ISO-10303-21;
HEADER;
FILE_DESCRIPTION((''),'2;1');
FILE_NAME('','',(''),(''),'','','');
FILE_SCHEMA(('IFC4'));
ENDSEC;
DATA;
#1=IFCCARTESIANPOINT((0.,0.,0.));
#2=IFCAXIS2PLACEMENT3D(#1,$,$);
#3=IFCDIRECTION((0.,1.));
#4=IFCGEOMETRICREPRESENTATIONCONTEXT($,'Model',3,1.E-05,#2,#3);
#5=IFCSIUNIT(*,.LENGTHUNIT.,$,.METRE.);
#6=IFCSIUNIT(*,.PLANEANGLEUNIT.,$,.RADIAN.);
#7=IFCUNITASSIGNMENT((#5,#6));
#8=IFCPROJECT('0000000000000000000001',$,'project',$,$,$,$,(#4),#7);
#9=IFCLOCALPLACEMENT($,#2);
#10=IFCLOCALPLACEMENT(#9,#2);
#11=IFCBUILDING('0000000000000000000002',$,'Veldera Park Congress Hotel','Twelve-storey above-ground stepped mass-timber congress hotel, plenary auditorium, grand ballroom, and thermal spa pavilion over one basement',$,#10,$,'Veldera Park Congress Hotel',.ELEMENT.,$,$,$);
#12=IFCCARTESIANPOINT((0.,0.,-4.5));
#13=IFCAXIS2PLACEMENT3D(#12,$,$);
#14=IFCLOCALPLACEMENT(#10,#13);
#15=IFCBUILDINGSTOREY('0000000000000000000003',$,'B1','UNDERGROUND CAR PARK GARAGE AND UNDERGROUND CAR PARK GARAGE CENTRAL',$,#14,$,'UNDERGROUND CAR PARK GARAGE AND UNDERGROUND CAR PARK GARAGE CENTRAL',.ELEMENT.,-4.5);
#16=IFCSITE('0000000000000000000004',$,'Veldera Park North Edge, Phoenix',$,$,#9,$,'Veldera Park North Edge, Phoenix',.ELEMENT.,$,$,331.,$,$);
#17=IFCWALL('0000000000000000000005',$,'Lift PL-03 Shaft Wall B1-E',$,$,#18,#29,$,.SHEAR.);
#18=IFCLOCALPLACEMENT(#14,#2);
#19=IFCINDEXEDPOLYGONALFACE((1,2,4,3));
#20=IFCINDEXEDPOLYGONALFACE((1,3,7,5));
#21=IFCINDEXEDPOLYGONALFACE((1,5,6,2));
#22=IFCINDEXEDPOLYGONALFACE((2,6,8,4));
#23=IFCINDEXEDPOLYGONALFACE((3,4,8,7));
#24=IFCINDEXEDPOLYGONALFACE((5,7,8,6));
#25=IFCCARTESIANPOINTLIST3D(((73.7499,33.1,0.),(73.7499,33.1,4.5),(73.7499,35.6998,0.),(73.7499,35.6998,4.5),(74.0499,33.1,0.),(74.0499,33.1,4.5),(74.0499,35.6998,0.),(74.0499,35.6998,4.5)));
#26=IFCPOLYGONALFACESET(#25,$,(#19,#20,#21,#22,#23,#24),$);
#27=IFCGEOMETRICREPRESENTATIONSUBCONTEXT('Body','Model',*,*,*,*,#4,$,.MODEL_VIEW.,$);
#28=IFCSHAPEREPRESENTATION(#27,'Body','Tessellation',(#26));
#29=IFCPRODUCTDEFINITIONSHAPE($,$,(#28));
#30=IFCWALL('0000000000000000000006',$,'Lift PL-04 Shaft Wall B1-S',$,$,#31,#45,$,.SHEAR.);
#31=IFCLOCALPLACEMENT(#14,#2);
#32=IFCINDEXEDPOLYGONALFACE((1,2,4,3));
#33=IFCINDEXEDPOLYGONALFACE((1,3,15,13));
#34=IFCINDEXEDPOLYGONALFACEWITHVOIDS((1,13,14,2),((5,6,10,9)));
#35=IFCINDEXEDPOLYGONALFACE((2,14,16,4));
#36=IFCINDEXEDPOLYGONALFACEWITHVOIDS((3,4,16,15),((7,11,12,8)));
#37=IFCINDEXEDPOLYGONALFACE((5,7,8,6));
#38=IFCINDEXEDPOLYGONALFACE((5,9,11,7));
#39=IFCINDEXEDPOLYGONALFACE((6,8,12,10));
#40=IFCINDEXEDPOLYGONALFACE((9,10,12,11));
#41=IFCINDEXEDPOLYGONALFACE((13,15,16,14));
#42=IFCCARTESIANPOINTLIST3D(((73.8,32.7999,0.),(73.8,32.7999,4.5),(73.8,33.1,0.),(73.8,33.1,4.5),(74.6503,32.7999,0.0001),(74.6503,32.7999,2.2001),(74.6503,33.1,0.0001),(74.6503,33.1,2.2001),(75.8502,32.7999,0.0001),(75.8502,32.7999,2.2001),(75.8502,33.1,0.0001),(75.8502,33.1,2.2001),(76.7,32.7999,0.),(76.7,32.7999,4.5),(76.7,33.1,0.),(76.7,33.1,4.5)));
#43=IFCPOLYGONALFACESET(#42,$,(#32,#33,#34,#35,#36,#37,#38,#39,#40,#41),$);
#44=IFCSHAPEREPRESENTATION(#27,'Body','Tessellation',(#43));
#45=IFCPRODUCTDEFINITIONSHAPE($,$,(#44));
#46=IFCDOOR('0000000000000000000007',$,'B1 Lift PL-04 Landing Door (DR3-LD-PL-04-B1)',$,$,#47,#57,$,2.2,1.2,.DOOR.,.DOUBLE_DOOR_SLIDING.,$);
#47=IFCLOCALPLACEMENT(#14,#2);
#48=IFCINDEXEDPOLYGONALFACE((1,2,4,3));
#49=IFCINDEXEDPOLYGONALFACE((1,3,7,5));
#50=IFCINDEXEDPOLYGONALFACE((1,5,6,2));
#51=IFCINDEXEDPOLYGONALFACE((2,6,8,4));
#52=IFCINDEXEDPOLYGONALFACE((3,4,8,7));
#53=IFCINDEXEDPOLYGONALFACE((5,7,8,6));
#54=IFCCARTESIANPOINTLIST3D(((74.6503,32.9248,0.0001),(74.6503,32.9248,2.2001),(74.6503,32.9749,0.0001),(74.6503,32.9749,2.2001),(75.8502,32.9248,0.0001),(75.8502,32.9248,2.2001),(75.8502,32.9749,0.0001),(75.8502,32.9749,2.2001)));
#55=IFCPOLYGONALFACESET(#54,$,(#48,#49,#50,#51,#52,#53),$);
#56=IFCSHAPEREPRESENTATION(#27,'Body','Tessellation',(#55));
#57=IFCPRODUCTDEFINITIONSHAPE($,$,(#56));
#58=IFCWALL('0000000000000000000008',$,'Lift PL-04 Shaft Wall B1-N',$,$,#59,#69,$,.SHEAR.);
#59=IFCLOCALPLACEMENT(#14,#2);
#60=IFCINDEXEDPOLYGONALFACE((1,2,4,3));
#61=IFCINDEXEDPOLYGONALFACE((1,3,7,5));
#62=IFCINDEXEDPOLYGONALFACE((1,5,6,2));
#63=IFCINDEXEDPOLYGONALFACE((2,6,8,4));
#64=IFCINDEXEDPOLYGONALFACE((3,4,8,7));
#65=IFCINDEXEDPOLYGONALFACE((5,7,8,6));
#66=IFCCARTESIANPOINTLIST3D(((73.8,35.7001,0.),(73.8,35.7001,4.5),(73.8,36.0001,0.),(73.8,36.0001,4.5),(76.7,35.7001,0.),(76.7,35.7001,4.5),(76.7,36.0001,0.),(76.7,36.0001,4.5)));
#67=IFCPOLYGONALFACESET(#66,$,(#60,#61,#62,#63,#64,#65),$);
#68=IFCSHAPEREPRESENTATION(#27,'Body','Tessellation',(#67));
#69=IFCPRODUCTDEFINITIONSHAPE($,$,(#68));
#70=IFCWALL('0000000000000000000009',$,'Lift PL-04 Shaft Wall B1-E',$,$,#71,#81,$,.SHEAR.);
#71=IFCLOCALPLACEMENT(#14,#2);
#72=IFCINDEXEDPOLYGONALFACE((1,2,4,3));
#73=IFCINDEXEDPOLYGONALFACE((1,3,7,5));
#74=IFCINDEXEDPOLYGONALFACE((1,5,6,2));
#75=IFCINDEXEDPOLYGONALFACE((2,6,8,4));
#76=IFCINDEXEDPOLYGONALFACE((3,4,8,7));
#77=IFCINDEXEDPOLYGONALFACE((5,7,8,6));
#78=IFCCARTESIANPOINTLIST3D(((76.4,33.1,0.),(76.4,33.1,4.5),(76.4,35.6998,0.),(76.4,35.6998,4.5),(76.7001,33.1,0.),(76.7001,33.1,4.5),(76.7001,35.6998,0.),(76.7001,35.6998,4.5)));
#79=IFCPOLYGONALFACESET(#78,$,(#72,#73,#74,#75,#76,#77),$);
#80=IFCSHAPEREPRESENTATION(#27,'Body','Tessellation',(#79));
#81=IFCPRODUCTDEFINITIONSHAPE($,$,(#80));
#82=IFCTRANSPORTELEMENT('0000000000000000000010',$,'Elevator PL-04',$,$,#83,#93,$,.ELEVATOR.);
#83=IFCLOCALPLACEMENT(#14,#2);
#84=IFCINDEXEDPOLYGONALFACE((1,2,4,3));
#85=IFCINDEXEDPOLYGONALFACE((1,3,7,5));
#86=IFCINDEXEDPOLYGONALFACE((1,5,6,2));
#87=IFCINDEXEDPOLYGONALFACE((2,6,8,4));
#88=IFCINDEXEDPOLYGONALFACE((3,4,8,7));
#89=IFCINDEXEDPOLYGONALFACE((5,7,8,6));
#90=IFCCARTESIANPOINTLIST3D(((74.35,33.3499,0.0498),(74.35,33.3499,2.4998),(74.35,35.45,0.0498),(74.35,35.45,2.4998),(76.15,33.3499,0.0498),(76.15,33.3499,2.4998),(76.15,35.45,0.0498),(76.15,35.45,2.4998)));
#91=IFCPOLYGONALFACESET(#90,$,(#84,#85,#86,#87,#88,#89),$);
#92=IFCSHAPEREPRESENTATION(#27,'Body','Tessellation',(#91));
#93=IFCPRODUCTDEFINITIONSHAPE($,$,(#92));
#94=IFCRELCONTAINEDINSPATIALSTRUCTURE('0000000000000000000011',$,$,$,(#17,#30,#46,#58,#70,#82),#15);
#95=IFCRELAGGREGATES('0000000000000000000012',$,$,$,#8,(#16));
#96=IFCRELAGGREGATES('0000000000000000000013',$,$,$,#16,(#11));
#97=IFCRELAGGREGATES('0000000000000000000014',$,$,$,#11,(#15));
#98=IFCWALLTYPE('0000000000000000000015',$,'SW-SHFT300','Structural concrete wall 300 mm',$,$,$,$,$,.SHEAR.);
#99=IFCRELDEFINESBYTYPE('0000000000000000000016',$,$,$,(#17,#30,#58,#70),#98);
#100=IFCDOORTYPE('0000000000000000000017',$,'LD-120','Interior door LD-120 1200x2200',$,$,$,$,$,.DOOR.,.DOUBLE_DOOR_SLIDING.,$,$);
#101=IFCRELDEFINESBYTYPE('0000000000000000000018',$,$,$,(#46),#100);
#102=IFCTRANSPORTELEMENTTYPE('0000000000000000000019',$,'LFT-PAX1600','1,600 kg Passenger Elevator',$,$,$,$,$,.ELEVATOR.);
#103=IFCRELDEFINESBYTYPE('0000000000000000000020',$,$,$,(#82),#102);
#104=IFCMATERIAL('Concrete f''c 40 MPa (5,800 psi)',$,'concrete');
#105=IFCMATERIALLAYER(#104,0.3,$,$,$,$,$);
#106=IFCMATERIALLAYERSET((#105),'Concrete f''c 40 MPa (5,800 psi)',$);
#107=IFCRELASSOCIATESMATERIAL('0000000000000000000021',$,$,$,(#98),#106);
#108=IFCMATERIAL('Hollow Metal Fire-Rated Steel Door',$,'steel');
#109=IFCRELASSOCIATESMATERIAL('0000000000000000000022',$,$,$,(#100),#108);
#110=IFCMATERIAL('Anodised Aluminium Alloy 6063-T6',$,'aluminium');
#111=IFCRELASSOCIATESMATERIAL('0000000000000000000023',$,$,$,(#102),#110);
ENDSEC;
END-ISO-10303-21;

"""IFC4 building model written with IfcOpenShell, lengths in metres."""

from ifc_helpers import new_model, si_unit, direction, frame, frame_2d, origin, origin_2d, place, context, subcontext, project, spatial, rectangle, extrude, material, layer, layer_set, type_object, element, fill, save


model = new_model("IFC4")

# Units and contexts
model_context = context("Model", 3, precision=1e-05, world=origin(), true_north=direction((0.0, 1.0)))
body_context = subcontext(model_context, "Body", "Model", "MODEL_VIEW")
ifc_project = project(units=[si_unit("LENGTHUNIT", "METRE"), si_unit("PLANEANGLEUNIT", "RADIAN")], contexts=[model_context])

# Site, building, storey
site_placement = place(None, origin())
site = spatial("IfcSite", under=ifc_project, at=site_placement, Name="Veldera Park North Edge, Phoenix", LongName="Veldera Park North Edge, Phoenix", CompositionType="ELEMENT", RefElevation=331.0)
building_placement = place(site_placement, origin())
building = spatial("IfcBuilding", under=site, at=building_placement, Name="Veldera Park Congress Hotel", Description="Twelve-storey above-ground stepped mass-timber congress hotel, plenary auditorium, grand ballroom, and thermal spa pavilion over one basement", LongName="Veldera Park Congress Hotel", CompositionType="ELEMENT")
storey_placement = place(building_placement, frame((0.0, 0.0, -4.5)))
storey = spatial("IfcBuildingStorey", under=building, at=storey_placement, Name="B1", Description="UNDERGROUND CAR PARK GARAGE AND UNDERGROUND CAR PARK GARAGE CENTRAL", LongName="UNDERGROUND CAR PARK GARAGE AND UNDERGROUND CAR PARK GARAGE CENTRAL", CompositionType="ELEMENT", Elevation=-4.5)

# Shared definitions
ifc_material_1 = material(Name="Concrete f'c 40 MPa (5,800 psi)", Category="concrete")

# Wall
ifc_layer_1 = layer(ifc_material_1, 0.3)
ifc_layer_set_1 = layer_set([ifc_layer_1], Name="Concrete f'c 40 MPa (5,800 psi)")
wall_type_1 = type_object("IfcWallType", Name="SW-SHFT300", Description="Structural concrete wall 300 mm", PredefinedType="SHEAR", material=ifc_layer_set_1)
wall_1_placement = place(storey_placement, frame((73.8999, 33.1001, 0.0), z_axis=(0.0, 0.0, 1.0), x_axis=(0.0, 1.0, 0.0)))
element("IfcWall", 1, at=wall_1_placement, inside=storey, type_object=wall_type_1, Name="Lift PL-03 Shaft Wall B1-E", PredefinedType="SHEAR", context=body_context, shape_type="SweptSolid", body=[
    extrude(rectangle(XDim=2.5999, YDim=0.3, at=frame_2d((1.2998, 0.0))), origin(), (0.0, 0.0, 1.0), 4.5),
])

# Wall, opening, door
wall_2_placement = place(storey_placement, frame((73.8, 32.95, 0.0), z_axis=(0.0, 0.0, 1.0), x_axis=(1.0, 0.0, 0.0)))
wall_2 = element("IfcWall", 2, at=wall_2_placement, inside=storey, type_object=wall_type_1, Name="Lift PL-04 Shaft Wall B1-S", PredefinedType="SHEAR", context=body_context, shape_type="SweptSolid", body=[
    extrude(rectangle(XDim=2.8999, YDim=0.3, at=frame_2d((1.45, 0.0))), origin(), (0.0, 0.0, 1.0), 4.5),
])
opening_placement = place(wall_2_placement, frame((0.8501, 0.0, 0.0)))
opening = element("IfcOpeningElement", 3, at=opening_placement, cuts=wall_2, PredefinedType="OPENING", context=body_context, shape_type="SweptSolid", body=[
    extrude(rectangle(XDim=1.2, YDim=2.2, at=frame_2d((0.6001, 1.1001))), frame((0.0, 0.1621, 0.0), z_axis=(0.0, -1.0, 0.0), x_axis=(1.0, 0.0, 0.0)), (0.0, 0.0, 1.0), 0.324),
])
ifc_material_2 = material(Name="Hollow Metal Fire-Rated Steel Door", Category="steel")
door_type = type_object("IfcDoorType", Name="LD-120", Description="Interior door LD-120 1200x2200", OperationType="DOUBLE_DOOR_SLIDING", PredefinedType="DOOR", material=ifc_material_2)
door_placement = place(opening_placement, origin())
door = element("IfcDoor", 4, at=door_placement, inside=storey, type_object=door_type, Name="B1 Lift PL-04 Landing Door (DR3-LD-PL-04-B1)", OperationType="DOUBLE_DOOR_SLIDING", OverallHeight=2.2, OverallWidth=1.2, PredefinedType="DOOR", context=body_context, shape_type="SweptSolid", body=[
    extrude(rectangle(XDim=1.2, YDim=2.2, at=frame_2d((0.6001, 1.1001))), frame((0.0, 0.0249, 0.0), z_axis=(0.0, -1.0, 0.0), x_axis=(1.0, 0.0, 0.0)), (0.0, 0.0, 1.0), 0.05),
])
fill(opening, door)

# Walls
wall_3_placement = place(storey_placement, frame((76.7, 35.8501, 0.0), z_axis=(0.0, 0.0, 1.0), x_axis=(-1.0, 0.0, 0.0)))
element("IfcWall", 5, at=wall_3_placement, inside=storey, type_object=wall_type_1, Name="Lift PL-04 Shaft Wall B1-N", PredefinedType="SHEAR", context=body_context, shape_type="SweptSolid", body=[
    extrude(rectangle(XDim=2.8999, YDim=0.3, at=frame_2d((1.45, 0.0))), origin(), (0.0, 0.0, 1.0), 4.5),
])
wall_4_placement = place(storey_placement, frame((76.55, 33.1001, 0.0), z_axis=(0.0, 0.0, 1.0), x_axis=(0.0, 1.0, 0.0)))
element("IfcWall", 6, at=wall_4_placement, inside=storey, type_object=wall_type_1, Name="Lift PL-04 Shaft Wall B1-E", PredefinedType="SHEAR", context=body_context, shape_type="SweptSolid", body=[
    extrude(rectangle(XDim=2.5999, YDim=0.3, at=frame_2d((1.2998, 0.0))), origin(), (0.0, 0.0, 1.0), 4.5),
])

# Transport element
ifc_material_3 = material(Name="Anodised Aluminium Alloy 6063-T6", Category="aluminium")
transport_element_type = type_object("IfcTransportElementType", Name="LFT-PAX1600", Description="1,600 kg Passenger Elevator", PredefinedType="ELEVATOR", material=ifc_material_3)
transport_element_placement = place(storey_placement, frame((75.25, 34.3999, 0.0498), z_axis=(0.0, 0.0, 1.0), x_axis=(1.0, 0.0, 0.0)))
element("IfcTransportElement", 7, at=transport_element_placement, inside=storey, type_object=transport_element_type, Name="Elevator PL-04", PredefinedType="ELEVATOR", context=body_context, shape_type="SweptSolid", body=[
    extrude(rectangle(XDim=1.8, YDim=2.1001, at=origin_2d()), origin(), (0.0, 0.0, 1.0), 2.45),
])

save(model, "model.ifc")
